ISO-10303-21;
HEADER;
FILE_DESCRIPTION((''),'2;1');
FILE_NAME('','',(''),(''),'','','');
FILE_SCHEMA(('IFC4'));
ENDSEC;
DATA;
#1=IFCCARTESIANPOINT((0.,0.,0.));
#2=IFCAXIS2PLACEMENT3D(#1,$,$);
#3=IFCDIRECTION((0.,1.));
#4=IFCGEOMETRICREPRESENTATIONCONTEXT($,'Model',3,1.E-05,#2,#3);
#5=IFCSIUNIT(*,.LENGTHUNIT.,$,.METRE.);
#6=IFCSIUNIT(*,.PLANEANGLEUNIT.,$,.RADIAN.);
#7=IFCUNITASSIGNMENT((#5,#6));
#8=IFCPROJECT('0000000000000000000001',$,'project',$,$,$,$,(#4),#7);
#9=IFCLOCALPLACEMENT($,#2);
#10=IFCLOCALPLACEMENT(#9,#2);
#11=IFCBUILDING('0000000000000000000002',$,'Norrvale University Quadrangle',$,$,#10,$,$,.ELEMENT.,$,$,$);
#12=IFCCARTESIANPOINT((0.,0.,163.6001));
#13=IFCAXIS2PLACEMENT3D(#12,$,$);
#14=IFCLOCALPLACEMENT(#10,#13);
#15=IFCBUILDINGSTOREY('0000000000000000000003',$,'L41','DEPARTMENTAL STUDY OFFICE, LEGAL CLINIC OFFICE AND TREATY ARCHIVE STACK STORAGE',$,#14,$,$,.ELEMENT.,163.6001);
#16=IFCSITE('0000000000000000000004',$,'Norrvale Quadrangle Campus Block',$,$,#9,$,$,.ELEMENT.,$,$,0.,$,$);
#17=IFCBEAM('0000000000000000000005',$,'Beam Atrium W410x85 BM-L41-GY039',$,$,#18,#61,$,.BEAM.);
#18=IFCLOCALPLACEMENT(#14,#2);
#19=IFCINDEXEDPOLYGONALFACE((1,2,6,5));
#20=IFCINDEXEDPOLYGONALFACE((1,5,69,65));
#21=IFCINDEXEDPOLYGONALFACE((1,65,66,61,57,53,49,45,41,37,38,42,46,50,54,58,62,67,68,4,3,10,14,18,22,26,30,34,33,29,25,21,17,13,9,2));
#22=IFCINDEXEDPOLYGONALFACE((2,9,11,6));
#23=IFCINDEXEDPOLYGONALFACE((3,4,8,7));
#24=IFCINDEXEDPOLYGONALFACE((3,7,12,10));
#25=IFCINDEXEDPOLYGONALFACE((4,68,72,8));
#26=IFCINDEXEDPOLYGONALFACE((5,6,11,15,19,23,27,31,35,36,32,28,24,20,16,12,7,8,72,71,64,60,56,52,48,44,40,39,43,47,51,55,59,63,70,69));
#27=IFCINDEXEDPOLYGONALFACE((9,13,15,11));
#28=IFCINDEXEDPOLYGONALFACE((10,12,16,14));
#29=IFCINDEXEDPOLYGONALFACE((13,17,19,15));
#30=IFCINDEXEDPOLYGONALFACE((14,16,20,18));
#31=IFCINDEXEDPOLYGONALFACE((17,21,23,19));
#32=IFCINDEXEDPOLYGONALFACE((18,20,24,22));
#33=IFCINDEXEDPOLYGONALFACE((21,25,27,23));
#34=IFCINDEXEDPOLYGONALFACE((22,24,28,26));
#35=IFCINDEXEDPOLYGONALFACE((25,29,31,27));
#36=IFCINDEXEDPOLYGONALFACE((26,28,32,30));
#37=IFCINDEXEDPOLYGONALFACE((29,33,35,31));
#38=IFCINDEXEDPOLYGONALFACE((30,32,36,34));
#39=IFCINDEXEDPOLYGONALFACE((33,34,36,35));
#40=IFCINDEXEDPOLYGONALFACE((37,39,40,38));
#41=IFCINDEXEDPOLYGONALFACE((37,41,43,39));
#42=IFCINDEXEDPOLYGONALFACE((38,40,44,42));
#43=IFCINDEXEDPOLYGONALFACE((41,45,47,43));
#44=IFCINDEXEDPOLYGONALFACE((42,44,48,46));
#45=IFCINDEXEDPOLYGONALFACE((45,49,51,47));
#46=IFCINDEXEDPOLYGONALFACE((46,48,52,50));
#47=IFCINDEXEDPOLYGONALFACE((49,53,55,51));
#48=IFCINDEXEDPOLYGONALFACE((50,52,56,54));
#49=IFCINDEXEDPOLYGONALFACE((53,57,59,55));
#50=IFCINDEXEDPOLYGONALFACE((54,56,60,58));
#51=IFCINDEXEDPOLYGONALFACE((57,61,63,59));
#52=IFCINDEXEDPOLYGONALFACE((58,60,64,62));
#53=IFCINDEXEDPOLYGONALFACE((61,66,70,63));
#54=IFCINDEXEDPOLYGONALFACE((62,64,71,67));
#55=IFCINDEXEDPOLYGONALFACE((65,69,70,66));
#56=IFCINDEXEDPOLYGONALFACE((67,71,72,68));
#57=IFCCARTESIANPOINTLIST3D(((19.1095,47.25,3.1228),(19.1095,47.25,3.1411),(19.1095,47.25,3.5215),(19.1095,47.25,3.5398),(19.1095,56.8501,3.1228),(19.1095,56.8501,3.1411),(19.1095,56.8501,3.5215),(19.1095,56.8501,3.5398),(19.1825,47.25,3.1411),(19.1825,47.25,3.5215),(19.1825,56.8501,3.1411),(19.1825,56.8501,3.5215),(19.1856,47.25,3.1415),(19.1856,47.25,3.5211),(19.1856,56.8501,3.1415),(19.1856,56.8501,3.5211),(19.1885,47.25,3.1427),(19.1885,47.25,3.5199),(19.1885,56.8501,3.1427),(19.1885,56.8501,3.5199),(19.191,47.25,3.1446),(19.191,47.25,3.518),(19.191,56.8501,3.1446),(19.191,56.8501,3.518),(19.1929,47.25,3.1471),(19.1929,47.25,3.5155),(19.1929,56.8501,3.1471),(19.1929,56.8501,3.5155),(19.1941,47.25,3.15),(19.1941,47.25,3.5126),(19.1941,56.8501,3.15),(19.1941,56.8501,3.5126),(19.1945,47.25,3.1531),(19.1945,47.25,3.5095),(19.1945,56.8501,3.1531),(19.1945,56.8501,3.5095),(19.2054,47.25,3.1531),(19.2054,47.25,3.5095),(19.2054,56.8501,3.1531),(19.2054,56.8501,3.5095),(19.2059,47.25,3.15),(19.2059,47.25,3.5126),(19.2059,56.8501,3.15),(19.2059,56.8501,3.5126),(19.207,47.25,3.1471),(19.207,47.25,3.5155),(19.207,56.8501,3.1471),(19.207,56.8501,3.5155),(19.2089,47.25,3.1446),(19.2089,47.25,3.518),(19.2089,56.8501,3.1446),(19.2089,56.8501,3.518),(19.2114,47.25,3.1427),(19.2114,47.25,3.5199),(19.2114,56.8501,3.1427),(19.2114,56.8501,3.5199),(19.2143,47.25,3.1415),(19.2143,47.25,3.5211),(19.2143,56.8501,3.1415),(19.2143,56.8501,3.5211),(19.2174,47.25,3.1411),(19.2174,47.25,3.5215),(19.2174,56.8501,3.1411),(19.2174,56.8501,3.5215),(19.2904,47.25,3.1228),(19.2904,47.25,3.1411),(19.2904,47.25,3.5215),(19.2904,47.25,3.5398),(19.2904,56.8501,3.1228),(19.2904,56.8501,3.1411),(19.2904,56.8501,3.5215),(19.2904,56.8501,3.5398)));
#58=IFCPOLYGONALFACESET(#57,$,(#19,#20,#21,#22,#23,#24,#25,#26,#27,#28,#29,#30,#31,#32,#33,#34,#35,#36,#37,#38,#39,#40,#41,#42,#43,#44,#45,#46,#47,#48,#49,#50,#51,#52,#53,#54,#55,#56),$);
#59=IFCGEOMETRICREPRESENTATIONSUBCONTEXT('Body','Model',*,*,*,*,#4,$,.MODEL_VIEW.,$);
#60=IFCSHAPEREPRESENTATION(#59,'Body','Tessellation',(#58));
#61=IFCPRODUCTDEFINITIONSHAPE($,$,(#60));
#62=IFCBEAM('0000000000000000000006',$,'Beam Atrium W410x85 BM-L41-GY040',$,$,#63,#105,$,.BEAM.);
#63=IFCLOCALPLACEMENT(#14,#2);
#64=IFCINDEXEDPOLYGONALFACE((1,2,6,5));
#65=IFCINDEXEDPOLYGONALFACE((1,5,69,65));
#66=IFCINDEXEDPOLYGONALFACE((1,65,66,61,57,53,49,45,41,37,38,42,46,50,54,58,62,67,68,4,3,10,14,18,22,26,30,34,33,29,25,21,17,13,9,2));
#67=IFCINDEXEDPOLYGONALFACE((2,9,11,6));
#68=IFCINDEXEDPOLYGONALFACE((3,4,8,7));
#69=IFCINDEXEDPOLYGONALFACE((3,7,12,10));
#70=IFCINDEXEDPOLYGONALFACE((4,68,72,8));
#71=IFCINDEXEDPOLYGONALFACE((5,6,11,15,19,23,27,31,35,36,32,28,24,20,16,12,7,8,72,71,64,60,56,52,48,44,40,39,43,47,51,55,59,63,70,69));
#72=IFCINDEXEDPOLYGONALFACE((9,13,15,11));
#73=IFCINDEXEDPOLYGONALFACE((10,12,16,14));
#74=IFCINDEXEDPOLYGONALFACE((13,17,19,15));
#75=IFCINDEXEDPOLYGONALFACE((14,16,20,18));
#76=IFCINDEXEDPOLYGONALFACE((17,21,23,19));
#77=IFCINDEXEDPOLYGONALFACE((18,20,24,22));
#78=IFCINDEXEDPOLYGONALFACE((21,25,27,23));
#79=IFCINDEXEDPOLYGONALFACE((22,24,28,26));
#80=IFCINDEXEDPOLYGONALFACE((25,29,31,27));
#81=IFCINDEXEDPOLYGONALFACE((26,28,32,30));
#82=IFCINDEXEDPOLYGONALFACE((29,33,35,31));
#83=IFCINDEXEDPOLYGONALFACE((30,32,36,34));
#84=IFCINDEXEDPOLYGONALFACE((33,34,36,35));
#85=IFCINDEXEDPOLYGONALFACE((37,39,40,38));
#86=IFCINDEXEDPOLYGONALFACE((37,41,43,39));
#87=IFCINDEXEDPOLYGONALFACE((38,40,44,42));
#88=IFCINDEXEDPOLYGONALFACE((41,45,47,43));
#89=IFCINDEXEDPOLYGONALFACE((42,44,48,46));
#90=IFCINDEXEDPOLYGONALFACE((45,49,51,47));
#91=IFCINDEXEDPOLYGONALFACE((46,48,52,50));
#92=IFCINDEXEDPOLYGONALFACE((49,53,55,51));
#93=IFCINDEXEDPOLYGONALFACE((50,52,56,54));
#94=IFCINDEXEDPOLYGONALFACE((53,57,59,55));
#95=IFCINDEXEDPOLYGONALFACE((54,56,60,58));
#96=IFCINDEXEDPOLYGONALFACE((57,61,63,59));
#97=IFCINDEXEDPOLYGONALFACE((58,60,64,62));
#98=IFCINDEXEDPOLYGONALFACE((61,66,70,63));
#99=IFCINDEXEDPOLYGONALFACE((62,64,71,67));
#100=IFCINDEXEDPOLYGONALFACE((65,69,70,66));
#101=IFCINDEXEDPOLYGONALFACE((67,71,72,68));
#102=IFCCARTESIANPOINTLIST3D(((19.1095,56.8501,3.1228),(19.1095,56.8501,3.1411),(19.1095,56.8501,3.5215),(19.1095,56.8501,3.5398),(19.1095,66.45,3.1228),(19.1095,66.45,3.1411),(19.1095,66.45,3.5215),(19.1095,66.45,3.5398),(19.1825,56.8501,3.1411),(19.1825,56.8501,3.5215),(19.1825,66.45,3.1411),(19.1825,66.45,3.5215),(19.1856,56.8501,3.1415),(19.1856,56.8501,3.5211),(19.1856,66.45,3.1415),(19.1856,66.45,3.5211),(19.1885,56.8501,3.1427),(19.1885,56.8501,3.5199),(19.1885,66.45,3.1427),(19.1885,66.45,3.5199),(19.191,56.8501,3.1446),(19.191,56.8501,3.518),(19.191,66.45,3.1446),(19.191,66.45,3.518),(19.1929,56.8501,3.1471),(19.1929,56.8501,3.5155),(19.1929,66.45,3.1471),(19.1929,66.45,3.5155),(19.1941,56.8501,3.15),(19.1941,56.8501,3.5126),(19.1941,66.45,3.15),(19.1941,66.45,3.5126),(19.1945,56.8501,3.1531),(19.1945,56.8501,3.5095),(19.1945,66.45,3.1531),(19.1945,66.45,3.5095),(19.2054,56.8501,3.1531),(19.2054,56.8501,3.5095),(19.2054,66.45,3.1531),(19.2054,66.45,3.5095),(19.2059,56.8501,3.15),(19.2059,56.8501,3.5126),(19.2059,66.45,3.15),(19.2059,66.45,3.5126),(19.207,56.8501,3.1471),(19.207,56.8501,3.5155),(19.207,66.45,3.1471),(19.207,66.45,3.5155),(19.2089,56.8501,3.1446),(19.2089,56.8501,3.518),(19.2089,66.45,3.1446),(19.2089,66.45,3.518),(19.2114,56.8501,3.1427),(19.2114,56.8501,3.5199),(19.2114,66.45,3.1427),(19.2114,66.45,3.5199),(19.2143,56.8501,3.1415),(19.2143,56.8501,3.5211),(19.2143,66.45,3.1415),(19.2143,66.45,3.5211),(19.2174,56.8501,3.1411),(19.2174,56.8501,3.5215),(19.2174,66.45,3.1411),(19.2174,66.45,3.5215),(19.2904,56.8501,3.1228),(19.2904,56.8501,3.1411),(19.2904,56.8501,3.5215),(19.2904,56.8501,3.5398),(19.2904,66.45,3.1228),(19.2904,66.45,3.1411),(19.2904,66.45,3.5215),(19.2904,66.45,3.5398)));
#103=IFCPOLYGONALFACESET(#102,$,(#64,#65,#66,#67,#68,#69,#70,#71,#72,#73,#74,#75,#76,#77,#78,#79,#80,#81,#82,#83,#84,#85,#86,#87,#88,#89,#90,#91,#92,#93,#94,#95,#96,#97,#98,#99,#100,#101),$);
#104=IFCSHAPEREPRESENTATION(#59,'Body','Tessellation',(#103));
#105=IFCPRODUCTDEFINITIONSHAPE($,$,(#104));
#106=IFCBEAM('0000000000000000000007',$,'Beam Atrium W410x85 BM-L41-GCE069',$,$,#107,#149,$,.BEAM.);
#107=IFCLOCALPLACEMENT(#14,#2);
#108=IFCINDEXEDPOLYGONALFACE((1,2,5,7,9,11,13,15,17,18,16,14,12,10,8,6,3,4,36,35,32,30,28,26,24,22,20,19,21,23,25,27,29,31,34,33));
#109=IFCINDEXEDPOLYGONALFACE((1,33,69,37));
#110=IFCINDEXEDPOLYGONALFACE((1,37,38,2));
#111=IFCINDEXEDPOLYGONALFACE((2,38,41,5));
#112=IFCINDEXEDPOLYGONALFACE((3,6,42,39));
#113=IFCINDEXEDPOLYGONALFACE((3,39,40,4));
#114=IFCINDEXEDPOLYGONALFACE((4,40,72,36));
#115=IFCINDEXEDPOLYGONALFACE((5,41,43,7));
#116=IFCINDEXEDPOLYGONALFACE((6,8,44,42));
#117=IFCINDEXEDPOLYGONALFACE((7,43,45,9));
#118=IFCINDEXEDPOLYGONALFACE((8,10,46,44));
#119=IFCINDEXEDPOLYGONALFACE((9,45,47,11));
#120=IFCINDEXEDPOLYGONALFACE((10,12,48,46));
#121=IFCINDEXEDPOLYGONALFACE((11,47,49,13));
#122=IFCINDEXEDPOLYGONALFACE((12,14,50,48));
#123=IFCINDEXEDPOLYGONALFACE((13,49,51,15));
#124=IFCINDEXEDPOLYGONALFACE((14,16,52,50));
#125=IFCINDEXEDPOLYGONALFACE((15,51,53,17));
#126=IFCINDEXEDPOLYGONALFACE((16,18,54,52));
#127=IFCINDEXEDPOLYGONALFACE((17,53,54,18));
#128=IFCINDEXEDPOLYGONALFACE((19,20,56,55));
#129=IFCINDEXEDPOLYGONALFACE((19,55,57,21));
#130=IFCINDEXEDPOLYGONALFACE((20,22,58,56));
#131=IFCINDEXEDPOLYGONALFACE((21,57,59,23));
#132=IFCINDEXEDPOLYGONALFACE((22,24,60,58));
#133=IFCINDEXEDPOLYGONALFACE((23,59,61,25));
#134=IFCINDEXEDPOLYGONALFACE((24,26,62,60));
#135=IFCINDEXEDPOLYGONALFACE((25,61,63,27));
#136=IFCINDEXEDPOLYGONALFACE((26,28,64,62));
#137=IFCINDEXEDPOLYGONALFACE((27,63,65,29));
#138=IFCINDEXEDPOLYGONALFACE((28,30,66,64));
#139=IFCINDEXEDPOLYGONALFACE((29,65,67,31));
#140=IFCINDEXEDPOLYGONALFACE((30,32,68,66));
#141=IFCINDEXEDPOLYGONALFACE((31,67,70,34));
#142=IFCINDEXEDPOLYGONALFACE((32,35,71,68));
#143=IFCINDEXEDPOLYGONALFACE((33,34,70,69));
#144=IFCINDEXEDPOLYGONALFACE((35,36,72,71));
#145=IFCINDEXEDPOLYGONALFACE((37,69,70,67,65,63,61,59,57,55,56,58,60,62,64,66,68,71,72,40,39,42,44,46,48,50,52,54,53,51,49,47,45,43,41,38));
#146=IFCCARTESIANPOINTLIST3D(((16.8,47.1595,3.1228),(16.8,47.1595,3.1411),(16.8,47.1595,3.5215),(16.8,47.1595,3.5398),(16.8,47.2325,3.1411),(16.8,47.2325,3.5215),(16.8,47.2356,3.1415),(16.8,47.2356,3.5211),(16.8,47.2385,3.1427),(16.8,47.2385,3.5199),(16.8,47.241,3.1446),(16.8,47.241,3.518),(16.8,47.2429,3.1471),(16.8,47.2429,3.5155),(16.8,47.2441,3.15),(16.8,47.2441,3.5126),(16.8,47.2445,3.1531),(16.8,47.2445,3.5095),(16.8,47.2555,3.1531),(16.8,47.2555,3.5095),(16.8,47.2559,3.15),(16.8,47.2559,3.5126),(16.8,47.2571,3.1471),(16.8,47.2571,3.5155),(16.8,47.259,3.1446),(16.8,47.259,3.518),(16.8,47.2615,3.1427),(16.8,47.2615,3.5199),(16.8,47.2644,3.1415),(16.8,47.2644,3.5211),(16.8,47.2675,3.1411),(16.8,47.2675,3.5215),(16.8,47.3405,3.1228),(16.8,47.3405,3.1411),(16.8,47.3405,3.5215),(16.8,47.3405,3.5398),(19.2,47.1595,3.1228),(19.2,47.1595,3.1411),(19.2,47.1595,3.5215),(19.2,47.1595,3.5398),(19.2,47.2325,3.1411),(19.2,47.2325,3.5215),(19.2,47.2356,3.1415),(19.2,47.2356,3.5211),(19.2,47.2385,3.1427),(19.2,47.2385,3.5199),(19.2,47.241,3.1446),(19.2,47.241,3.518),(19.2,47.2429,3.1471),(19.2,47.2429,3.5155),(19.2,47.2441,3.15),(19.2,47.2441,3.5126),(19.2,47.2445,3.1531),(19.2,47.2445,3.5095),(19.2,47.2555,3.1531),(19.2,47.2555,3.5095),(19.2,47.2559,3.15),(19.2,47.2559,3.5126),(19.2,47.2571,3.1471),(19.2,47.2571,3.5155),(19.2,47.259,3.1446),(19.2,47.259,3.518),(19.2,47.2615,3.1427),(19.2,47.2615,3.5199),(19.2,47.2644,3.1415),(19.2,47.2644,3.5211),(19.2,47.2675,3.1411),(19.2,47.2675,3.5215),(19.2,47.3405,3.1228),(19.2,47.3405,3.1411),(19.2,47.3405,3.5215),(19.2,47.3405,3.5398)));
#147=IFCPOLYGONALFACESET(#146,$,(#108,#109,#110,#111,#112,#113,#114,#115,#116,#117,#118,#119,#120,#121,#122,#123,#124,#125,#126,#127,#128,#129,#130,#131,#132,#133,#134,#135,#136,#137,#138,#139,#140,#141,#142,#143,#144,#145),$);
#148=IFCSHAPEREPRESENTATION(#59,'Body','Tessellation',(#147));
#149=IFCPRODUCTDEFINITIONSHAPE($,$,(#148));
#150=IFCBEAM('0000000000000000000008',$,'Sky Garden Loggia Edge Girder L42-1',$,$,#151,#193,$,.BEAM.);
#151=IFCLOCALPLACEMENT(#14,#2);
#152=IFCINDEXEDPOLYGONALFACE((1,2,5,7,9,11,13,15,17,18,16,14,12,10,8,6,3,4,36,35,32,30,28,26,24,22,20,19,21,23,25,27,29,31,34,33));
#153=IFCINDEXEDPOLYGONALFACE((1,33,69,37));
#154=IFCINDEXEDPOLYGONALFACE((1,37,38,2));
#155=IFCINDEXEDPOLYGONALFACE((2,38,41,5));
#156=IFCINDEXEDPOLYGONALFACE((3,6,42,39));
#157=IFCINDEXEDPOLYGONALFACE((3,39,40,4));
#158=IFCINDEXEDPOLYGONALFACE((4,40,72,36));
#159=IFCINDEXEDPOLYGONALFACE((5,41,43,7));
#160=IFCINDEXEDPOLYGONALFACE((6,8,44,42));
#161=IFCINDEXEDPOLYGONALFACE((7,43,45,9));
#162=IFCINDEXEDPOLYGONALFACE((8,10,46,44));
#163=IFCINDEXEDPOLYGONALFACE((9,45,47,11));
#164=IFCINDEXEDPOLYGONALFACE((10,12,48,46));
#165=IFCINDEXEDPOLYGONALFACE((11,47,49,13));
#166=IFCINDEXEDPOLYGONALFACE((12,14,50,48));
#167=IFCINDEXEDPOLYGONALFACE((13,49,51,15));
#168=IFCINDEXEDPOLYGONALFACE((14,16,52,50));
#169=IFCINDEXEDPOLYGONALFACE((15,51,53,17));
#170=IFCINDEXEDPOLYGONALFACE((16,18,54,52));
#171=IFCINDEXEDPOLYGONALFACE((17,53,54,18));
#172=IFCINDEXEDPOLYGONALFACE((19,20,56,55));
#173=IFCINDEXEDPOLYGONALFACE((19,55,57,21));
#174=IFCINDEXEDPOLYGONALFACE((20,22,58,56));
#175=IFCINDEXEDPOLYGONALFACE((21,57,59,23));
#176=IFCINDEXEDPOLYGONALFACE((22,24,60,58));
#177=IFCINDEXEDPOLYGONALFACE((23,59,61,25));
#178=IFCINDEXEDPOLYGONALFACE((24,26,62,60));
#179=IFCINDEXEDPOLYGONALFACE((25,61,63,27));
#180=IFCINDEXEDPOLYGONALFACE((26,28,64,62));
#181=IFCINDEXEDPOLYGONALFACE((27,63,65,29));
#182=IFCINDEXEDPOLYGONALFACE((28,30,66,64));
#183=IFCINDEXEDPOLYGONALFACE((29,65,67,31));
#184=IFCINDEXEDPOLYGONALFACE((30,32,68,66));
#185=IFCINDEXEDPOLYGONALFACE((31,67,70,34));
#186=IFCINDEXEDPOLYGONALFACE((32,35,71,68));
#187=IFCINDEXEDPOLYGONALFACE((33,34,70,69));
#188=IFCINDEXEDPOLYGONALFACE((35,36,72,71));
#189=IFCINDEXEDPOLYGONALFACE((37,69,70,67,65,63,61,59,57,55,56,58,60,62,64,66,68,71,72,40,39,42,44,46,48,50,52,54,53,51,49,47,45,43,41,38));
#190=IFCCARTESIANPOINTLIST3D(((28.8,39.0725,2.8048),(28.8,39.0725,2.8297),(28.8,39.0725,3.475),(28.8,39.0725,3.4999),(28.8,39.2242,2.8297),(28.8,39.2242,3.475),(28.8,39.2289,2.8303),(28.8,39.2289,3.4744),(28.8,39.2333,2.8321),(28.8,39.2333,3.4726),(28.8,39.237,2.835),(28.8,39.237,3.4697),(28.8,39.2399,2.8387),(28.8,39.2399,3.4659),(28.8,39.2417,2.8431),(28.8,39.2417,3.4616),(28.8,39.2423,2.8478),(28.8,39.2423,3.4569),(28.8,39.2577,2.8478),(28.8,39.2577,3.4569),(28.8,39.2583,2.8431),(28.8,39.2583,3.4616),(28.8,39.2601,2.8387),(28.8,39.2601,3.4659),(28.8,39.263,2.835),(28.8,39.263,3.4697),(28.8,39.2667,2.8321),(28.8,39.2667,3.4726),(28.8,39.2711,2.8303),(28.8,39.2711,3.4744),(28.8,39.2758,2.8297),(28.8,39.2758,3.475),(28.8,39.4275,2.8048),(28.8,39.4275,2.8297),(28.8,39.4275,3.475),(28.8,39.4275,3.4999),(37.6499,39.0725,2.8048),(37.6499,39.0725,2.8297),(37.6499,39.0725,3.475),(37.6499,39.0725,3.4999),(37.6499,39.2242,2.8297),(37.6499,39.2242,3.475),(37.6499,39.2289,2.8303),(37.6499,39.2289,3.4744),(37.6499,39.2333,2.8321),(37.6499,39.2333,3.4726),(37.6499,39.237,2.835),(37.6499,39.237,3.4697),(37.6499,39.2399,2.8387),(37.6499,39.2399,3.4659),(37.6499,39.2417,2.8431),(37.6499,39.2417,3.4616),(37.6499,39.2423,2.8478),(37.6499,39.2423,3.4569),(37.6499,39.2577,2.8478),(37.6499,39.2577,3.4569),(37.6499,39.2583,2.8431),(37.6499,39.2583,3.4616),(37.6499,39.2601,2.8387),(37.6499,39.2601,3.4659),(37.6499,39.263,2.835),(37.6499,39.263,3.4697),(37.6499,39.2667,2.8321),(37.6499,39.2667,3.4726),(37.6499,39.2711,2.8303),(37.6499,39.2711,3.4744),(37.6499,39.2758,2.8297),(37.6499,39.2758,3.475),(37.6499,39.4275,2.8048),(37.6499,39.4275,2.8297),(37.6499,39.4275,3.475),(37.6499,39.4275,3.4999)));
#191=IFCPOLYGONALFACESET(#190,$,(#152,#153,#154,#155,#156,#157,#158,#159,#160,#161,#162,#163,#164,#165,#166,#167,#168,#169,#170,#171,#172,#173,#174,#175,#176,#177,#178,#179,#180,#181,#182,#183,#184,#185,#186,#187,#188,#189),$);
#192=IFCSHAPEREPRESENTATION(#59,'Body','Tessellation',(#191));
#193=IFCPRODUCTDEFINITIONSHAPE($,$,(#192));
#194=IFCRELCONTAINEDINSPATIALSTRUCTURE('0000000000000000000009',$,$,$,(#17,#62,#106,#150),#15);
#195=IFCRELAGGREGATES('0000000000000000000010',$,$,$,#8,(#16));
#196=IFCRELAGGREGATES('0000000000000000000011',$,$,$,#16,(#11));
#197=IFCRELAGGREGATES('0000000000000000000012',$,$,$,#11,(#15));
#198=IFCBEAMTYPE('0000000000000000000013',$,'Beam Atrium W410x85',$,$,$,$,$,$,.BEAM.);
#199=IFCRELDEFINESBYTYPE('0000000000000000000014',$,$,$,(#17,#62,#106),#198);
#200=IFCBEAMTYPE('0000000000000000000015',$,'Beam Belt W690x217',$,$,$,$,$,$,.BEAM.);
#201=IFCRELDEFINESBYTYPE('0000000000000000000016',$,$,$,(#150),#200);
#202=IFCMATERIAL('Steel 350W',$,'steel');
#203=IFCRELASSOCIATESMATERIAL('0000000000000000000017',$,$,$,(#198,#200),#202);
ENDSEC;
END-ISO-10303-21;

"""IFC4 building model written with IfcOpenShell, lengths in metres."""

from ifc_helpers import new_model, si_unit, direction, frame, origin, origin_2d, place, context, subcontext, project, spatial, i_section, extrude, material, material_profile, profile_set, type_object, element, save


model = new_model("IFC4")

# Units and contexts
model_context = context("Model", 3, precision=1e-05, world=origin(), true_north=direction((0.0, 1.0)))
body_context = subcontext(model_context, "Body", "Model", "MODEL_VIEW")
ifc_project = project(units=[si_unit("LENGTHUNIT", "METRE"), si_unit("PLANEANGLEUNIT", "RADIAN")], contexts=[model_context])

# Site, building, storey
site_placement = place(None, origin())
site = spatial("IfcSite", under=ifc_project, at=site_placement, Name="Norrvale Quadrangle Campus Block", CompositionType="ELEMENT", RefElevation=0.0)
building_placement = place(site_placement, origin())
building = spatial("IfcBuilding", under=site, at=building_placement, Name="Norrvale University Quadrangle", CompositionType="ELEMENT")
storey_placement = place(building_placement, frame((0.0, 0.0, 163.6001)))
storey = spatial("IfcBuildingStorey", under=building, at=storey_placement, Name="L41", Description="DEPARTMENTAL STUDY OFFICE, LEGAL CLINIC OFFICE AND TREATY ARCHIVE STACK STORAGE", CompositionType="ELEMENT", Elevation=163.6001)

# Beams
ifc_material_1 = material(Name="Steel 350W", Category="steel")
ifc_material_profile_1 = material_profile(ifc_material_1, i_section(OverallWidth=0.1809, OverallDepth=0.417, WebThickness=0.011, FlangeThickness=0.0183, FilletRadius=0.012, at=origin_2d()), Name="Steel 350W")
ifc_profile_set_1 = profile_set([ifc_material_profile_1], Name="Steel 350W")
beam_type_1 = type_object("IfcBeamType", Name="Beam Atrium W410x85", PredefinedType="BEAM", material=ifc_profile_set_1)
for number, where, z_axis, x_axis, name in (
    (1, (19.2, 47.25, 3.3313), (0.0, 1.0, 0.0), (-1.0, 0.0, 0.0), "Beam Atrium W410x85 BM-L41-GY039"),
):
    element("IfcBeam", number, at=place(storey_placement, frame(where, z_axis=z_axis, x_axis=x_axis)), inside=storey, type_object=beam_type_1, Name=name, PredefinedType="BEAM", context=body_context, shape_type="SweptSolid", body=[
        extrude(i_section(OverallWidth=0.1809, OverallDepth=0.417, WebThickness=0.011, FlangeThickness=0.0183, FilletRadius=0.012, at=origin_2d()), origin(), (0.0, 0.0, 1.0), 9.6001),
    ])
beam_1_placement = place(storey_placement, frame((19.2, 56.8501, 3.3313), z_axis=(0.0, 1.0, 0.0), x_axis=(-1.0, 0.0, 0.0)))
element("IfcBeam", 2, at=beam_1_placement, inside=storey, type_object=beam_type_1, Name="Beam Atrium W410x85 BM-L41-GY040", PredefinedType="BEAM", context=body_context, shape_type="SweptSolid", body=[
    extrude(i_section(OverallWidth=0.1809, OverallDepth=0.417, WebThickness=0.011, FlangeThickness=0.0183, FilletRadius=0.012, at=origin_2d()), origin(), (0.0, 0.0, 1.0), 9.5999),
])
beam_2_placement = place(storey_placement, frame((16.8, 47.25, 3.3313), z_axis=(1.0, 0.0, 0.0), x_axis=(0.0, 1.0, 0.0)))
element("IfcBeam", 3, at=beam_2_placement, inside=storey, type_object=beam_type_1, Name="Beam Atrium W410x85 BM-L41-GCE069", PredefinedType="BEAM", context=body_context, shape_type="SweptSolid", body=[
    extrude(i_section(OverallWidth=0.1809, OverallDepth=0.417, WebThickness=0.011, FlangeThickness=0.0183, FilletRadius=0.012, at=origin_2d()), origin(), (0.0, 0.0, 1.0), 2.3999),
])
ifc_material_profile_2 = material_profile(ifc_material_1, i_section(OverallWidth=0.355, OverallDepth=0.6951, WebThickness=0.0154, FlangeThickness=0.0249, FilletRadius=0.0181, at=origin_2d()), Name="Steel 350W")
ifc_profile_set_2 = profile_set([ifc_material_profile_2], Name="Steel 350W")
beam_type_2 = type_object("IfcBeamType", Name="Beam Belt W690x217", PredefinedType="BEAM", material=ifc_profile_set_2)
for number, where, z_axis, x_axis, name in (
    (4, (28.8, 39.25, 3.1523), (1.0, 0.0, 0.0), (0.0, 1.0, 0.0), "Sky Garden Loggia Edge Girder L42-1"),
):
    element("IfcBeam", number, at=place(storey_placement, frame(where, z_axis=z_axis, x_axis=x_axis)), inside=storey, type_object=beam_type_2, Name=name, PredefinedType="BEAM", context=body_context, shape_type="SweptSolid", body=[
        extrude(i_section(OverallWidth=0.355, OverallDepth=0.6951, WebThickness=0.0154, FlangeThickness=0.0249, FilletRadius=0.0181, at=origin_2d()), origin(), (0.0, 0.0, 1.0), 8.8499),
    ])

save(model, "model.ifc")
